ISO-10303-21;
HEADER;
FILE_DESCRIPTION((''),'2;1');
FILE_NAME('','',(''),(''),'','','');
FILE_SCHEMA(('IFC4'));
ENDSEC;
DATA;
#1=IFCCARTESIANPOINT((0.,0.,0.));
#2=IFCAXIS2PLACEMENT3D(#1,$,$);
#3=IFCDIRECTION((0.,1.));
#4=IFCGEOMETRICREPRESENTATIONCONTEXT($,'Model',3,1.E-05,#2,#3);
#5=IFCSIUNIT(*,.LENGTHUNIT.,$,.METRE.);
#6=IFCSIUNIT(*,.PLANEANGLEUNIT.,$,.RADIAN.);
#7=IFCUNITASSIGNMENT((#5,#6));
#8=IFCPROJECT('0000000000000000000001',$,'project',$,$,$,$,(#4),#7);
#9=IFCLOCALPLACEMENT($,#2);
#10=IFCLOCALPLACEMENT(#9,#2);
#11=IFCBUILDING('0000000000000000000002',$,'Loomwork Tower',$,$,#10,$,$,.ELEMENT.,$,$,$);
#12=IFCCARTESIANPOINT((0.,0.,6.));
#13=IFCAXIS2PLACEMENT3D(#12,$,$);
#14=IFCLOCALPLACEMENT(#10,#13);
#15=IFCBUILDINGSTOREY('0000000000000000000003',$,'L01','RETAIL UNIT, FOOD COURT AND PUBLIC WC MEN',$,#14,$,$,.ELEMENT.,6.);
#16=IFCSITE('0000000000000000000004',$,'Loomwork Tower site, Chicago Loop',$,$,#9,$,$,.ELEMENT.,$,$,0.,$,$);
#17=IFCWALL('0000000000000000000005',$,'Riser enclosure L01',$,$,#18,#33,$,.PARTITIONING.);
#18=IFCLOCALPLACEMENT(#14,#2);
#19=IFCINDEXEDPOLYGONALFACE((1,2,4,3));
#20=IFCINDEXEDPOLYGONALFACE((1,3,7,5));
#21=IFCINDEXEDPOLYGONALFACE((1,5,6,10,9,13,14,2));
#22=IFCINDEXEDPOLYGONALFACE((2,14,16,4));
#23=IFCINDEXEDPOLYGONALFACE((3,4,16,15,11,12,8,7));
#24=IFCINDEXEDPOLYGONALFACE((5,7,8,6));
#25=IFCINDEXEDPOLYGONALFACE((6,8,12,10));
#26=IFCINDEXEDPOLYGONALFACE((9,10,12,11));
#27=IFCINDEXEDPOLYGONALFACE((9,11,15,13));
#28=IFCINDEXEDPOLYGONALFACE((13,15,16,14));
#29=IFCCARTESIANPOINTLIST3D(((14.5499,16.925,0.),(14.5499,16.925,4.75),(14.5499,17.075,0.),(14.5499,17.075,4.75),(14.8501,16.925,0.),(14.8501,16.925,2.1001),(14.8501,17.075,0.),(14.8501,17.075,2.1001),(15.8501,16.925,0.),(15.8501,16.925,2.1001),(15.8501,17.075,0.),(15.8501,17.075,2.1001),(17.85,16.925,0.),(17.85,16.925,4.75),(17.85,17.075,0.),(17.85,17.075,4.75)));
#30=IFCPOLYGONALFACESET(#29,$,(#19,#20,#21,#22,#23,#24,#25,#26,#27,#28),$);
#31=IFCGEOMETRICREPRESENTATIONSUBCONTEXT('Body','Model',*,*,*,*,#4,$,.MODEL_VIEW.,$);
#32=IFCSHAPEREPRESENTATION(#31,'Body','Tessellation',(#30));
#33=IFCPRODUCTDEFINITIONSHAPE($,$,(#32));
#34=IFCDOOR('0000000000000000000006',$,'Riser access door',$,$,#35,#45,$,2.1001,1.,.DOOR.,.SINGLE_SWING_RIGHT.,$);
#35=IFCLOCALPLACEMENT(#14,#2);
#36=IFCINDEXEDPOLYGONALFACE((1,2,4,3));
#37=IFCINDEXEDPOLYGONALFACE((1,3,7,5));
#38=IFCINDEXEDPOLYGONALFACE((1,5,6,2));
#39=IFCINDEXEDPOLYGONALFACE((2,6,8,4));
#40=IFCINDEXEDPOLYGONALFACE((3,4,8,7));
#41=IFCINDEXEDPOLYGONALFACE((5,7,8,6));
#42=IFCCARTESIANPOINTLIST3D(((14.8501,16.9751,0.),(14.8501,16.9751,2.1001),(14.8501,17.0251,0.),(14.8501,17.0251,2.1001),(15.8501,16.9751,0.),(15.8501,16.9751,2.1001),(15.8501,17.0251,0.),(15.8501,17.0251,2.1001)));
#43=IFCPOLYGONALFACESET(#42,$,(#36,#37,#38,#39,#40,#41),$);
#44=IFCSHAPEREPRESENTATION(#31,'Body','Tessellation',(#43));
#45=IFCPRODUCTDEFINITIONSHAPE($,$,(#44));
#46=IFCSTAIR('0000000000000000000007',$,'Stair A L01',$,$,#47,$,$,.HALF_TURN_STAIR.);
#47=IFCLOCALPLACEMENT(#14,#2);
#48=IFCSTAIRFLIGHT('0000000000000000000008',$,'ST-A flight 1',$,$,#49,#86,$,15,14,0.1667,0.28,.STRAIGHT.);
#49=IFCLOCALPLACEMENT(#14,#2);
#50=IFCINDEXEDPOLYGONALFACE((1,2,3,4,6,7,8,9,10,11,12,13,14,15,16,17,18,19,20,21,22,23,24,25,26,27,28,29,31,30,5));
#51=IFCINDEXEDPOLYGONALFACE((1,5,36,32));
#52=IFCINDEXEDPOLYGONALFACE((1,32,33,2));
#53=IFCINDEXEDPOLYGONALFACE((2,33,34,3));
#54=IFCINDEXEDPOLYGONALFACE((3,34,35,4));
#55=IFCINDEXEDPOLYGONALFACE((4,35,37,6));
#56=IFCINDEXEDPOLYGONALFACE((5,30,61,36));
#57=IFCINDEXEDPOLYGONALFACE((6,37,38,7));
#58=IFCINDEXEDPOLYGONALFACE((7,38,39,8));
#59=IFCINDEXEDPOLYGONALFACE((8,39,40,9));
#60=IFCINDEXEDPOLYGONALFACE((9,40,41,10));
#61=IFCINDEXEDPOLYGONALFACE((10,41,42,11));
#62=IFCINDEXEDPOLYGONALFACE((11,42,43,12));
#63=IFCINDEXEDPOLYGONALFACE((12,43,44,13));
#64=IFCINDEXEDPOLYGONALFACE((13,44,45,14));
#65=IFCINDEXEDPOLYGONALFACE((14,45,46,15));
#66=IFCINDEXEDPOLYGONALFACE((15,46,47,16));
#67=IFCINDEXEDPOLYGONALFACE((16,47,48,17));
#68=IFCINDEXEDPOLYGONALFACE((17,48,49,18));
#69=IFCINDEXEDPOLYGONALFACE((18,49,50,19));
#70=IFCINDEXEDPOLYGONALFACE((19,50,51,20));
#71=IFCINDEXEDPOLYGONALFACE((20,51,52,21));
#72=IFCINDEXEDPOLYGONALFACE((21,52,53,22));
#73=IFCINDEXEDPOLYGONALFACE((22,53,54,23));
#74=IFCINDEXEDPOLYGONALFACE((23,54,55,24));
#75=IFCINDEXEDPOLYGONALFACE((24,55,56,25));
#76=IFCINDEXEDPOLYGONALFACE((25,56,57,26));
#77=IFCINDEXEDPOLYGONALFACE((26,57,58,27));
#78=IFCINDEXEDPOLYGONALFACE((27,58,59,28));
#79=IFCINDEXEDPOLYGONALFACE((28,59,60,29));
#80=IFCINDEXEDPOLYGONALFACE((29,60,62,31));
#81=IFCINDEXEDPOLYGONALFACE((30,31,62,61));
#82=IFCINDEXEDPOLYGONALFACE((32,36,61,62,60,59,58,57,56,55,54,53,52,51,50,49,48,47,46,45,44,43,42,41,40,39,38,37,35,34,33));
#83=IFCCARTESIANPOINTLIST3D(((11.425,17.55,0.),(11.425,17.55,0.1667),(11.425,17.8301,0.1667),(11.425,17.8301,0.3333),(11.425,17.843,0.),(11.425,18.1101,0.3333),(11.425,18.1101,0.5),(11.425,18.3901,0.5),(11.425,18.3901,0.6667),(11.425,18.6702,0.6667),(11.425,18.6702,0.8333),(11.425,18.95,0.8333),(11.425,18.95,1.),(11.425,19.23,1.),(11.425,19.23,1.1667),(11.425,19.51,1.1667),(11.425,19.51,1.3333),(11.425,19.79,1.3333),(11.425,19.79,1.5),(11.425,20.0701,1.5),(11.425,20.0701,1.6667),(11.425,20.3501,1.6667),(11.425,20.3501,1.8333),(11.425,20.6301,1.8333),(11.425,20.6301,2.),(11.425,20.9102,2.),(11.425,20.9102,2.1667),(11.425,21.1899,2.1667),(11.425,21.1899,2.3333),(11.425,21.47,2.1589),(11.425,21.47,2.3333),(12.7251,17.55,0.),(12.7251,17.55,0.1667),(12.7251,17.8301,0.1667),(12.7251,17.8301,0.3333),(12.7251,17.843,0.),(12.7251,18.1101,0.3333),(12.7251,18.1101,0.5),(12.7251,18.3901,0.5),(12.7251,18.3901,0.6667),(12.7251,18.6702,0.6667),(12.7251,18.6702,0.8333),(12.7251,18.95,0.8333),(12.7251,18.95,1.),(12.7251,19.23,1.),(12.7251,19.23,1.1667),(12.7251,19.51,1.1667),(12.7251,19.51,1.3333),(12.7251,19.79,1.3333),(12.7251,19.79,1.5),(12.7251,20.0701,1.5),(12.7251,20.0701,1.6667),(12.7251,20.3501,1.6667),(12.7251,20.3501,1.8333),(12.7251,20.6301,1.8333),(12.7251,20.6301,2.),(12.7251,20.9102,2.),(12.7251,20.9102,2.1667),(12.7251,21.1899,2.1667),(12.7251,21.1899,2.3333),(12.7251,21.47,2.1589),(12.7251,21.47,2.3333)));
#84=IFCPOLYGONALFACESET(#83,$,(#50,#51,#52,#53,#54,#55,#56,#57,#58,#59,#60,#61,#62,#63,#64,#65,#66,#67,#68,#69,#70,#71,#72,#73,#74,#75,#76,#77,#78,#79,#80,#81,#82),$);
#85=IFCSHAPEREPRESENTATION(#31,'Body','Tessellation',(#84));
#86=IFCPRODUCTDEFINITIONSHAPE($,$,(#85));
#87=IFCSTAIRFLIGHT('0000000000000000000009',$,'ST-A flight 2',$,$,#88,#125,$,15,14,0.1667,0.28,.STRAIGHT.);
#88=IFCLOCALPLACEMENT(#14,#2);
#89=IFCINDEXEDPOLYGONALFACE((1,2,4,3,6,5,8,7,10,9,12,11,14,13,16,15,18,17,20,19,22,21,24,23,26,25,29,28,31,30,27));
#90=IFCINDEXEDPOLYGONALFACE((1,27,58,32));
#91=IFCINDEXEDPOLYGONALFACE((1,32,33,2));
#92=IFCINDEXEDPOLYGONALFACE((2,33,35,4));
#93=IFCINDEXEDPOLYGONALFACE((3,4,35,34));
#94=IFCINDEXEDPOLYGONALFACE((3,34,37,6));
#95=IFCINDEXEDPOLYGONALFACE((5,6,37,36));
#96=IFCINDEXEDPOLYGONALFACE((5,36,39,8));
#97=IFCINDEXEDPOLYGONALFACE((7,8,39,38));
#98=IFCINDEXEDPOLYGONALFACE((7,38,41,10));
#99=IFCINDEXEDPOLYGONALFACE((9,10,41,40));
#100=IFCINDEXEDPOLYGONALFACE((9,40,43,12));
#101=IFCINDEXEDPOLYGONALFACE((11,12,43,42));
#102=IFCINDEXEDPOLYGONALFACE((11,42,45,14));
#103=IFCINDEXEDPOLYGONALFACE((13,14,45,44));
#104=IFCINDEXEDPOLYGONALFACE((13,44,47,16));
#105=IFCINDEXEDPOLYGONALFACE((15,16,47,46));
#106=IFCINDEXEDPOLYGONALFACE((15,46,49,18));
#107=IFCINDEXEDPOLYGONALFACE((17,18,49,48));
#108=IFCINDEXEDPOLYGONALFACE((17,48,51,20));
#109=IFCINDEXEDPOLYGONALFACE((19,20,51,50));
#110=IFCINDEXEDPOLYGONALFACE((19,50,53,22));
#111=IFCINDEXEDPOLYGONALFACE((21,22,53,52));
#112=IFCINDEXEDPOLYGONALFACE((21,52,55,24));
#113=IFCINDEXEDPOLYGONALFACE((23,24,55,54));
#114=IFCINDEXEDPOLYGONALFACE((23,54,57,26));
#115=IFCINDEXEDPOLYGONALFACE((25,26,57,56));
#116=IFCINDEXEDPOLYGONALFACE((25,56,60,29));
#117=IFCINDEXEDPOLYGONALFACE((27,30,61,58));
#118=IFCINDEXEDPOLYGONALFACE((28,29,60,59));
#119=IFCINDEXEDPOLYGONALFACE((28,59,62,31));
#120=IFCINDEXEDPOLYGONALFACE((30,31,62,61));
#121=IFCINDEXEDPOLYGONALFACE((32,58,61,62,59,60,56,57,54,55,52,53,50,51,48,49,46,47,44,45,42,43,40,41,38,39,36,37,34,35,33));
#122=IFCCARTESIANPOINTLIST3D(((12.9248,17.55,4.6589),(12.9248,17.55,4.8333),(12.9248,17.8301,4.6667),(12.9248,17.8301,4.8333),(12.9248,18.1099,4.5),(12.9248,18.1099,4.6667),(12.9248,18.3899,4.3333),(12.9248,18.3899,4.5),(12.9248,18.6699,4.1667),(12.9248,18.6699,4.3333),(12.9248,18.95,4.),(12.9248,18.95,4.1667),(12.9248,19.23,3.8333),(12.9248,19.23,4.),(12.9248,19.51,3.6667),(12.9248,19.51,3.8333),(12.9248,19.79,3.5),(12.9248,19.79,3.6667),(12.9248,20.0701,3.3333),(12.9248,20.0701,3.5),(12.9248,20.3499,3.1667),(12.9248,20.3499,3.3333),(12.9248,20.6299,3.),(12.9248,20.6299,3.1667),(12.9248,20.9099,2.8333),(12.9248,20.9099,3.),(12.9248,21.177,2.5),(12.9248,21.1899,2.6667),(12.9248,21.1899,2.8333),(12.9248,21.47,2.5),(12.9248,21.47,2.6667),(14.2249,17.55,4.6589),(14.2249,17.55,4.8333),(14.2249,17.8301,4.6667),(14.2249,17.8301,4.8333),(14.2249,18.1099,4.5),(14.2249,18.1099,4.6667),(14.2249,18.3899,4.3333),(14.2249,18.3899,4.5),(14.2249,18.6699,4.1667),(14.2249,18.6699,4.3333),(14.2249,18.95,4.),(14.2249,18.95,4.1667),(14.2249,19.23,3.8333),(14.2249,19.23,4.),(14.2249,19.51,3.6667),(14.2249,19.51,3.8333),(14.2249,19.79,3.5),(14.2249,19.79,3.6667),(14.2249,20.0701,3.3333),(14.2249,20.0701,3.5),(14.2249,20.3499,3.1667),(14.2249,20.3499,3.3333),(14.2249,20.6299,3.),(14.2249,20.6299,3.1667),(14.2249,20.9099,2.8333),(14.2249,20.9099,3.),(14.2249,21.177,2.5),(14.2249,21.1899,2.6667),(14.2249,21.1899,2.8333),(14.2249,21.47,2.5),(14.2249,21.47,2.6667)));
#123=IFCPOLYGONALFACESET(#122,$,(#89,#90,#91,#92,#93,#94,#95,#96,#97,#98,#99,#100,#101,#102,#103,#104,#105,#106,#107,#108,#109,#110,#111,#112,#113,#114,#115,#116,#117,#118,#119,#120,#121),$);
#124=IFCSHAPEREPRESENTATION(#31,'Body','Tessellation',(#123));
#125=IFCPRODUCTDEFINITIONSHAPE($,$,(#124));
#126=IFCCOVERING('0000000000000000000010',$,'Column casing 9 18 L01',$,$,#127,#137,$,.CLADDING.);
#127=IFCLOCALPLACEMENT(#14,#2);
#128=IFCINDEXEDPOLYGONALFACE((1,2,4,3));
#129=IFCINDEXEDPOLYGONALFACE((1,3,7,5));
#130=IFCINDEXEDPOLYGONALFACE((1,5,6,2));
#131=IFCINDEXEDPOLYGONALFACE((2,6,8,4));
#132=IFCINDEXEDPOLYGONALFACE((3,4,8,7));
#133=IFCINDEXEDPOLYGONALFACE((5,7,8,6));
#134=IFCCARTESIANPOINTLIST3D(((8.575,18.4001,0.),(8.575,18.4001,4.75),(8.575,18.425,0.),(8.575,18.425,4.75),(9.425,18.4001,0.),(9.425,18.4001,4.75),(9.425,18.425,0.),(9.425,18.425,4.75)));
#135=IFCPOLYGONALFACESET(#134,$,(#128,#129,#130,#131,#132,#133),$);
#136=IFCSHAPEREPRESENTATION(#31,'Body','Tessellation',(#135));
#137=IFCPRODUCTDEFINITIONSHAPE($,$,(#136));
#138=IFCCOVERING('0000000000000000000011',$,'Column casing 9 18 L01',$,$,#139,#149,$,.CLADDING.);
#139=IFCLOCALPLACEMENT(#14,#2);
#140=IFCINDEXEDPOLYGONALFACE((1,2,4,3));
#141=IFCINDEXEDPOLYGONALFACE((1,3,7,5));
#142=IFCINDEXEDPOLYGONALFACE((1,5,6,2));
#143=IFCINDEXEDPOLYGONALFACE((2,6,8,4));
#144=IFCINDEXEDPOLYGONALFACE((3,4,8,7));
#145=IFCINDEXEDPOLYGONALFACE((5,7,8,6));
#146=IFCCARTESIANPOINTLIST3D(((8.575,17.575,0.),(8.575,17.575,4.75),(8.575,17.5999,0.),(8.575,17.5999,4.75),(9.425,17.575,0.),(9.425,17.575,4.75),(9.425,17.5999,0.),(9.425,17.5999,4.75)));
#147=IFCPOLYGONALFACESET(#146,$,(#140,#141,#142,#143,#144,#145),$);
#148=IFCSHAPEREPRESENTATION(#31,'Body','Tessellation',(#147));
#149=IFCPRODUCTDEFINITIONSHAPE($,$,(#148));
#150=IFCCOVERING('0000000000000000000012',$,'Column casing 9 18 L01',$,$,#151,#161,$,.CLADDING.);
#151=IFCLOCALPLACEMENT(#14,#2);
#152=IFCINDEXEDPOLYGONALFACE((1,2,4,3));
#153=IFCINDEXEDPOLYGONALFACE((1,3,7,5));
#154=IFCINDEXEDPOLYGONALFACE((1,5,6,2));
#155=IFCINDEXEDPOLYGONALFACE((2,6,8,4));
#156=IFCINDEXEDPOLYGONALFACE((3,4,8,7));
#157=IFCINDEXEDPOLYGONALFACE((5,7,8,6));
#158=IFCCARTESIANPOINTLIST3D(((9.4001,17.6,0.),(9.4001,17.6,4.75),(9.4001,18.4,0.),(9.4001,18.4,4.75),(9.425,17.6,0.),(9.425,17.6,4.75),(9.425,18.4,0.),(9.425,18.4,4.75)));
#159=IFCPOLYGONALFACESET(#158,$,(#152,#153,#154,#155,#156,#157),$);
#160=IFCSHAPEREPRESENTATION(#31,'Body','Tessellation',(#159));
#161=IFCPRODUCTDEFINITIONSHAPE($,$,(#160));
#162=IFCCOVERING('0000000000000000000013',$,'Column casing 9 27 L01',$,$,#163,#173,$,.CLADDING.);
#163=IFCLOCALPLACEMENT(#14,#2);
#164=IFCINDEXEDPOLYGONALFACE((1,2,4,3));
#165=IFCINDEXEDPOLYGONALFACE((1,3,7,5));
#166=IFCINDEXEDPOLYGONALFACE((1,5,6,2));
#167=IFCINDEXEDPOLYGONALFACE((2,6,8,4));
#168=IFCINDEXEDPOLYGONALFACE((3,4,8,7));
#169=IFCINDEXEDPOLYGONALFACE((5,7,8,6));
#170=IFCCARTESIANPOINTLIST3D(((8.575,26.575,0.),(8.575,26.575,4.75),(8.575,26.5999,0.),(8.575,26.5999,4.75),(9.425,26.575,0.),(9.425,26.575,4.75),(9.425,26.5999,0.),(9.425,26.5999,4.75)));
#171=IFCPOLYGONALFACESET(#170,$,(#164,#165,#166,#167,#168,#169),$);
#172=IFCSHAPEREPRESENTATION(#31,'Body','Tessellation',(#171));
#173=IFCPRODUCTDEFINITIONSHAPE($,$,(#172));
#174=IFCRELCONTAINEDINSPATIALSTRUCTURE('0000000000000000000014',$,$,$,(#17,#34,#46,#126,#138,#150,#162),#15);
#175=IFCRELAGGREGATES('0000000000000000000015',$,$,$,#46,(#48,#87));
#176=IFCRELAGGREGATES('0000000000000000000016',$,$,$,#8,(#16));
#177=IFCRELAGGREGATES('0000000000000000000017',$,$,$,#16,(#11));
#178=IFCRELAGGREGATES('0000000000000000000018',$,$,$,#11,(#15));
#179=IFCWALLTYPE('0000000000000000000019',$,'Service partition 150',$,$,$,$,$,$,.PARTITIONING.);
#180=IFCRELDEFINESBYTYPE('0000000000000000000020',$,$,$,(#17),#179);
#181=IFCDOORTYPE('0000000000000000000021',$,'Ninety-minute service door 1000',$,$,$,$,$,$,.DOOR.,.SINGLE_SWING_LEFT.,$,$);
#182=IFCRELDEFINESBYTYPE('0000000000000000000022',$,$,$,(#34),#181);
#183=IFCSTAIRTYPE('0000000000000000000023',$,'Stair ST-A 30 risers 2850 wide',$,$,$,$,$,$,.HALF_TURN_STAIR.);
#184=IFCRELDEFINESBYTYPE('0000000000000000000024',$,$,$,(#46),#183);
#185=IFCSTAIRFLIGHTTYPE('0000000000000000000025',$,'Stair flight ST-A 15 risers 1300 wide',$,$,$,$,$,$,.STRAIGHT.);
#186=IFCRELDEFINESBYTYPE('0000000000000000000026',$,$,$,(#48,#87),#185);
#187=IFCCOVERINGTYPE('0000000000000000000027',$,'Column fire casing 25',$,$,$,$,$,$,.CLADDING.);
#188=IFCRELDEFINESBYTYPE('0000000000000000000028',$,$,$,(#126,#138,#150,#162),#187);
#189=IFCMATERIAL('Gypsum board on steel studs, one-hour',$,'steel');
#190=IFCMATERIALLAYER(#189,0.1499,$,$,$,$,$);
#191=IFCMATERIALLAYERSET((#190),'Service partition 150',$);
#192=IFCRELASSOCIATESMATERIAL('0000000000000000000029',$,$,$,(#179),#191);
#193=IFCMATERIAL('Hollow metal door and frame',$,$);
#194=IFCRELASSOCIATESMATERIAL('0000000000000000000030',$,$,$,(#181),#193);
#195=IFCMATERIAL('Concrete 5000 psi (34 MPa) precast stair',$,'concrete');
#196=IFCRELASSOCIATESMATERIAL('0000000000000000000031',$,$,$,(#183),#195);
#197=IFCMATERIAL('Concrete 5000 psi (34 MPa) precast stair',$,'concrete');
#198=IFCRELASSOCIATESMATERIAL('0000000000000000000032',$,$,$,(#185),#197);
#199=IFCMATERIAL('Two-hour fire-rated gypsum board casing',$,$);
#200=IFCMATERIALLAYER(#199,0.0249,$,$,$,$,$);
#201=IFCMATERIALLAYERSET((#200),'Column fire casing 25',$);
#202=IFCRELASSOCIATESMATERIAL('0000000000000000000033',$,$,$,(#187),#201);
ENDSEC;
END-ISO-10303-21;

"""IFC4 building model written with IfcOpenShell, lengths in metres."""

from ifc_helpers import new_model, si_unit, direction, frame, frame_2d, origin, origin_2d, place, context, subcontext, project, spatial, polyline, rectangle, outline, extrude, material, layer, layer_set, type_object, element, fill, aggregate, save


model = new_model("IFC4")

# Units and contexts
model_context = context("Model", 3, precision=1e-05, world=origin(), true_north=direction((0.0, 1.0)))
body_context = subcontext(model_context, "Body", "Model", "MODEL_VIEW")
ifc_project = project(units=[si_unit("LENGTHUNIT", "METRE"), si_unit("PLANEANGLEUNIT", "RADIAN")], contexts=[model_context])

# Site, building, storey
site_placement = place(None, origin())
site = spatial("IfcSite", under=ifc_project, at=site_placement, Name="Loomwork Tower site, Chicago Loop", CompositionType="ELEMENT", RefElevation=0.0)
building_placement = place(site_placement, origin())
building = spatial("IfcBuilding", under=site, at=building_placement, Name="Loomwork Tower", CompositionType="ELEMENT")
storey_placement = place(building_placement, frame((0.0, 0.0, 6.0)))
storey = spatial("IfcBuildingStorey", under=building, at=storey_placement, Name="L01", Description="RETAIL UNIT, FOOD COURT AND PUBLIC WC MEN", CompositionType="ELEMENT", Elevation=6.0)

# Wall, opening, door
ifc_material_1 = material(Name="Gypsum board on steel studs, one-hour", Category="steel")
ifc_layer_1 = layer(ifc_material_1, 0.1499)
ifc_layer_set_1 = layer_set([ifc_layer_1], Name="Service partition 150")
wall_type_1 = type_object("IfcWallType", Name="Service partition 150", PredefinedType="PARTITIONING", material=ifc_layer_set_1)
wall_1_placement = place(storey_placement, frame((14.55, 17.0, 0.0), z_axis=(0.0, 0.0, 1.0), x_axis=(1.0, 0.0, 0.0)))
wall_1 = element("IfcWall", 1, at=wall_1_placement, inside=storey, type_object=wall_type_1, Name="Riser enclosure L01", PredefinedType="PARTITIONING", context=body_context, shape_type="SweptSolid", body=[
    extrude(rectangle(XDim=3.3, YDim=0.1499, at=frame_2d((1.6499, 0.0))), origin(), (0.0, 0.0, 1.0), 4.75),
])
opening_1_placement = place(wall_1_placement, frame((0.3, 0.0, 0.0)))
opening_1 = element("IfcOpeningElement", 2, at=opening_1_placement, cuts=wall_1, PredefinedType="OPENING", context=body_context, shape_type="SweptSolid", body=[
    extrude(rectangle(XDim=1.0, YDim=2.1001, at=frame_2d((0.5, 1.05))), frame((0.0, 0.085, 0.0), z_axis=(0.0, -1.0, 0.0), x_axis=(1.0, 0.0, 0.0)), (0.0, 0.0, 1.0), 0.1699),
])
ifc_material_2 = material(Name="Hollow metal door and frame")
door_type_1 = type_object("IfcDoorType", Name="Ninety-minute service door 1000", OperationType="SINGLE_SWING_LEFT", PredefinedType="DOOR", material=ifc_material_2)
door_1_placement = place(opening_1_placement, frame((1.0, 0.0, 0.0), z_axis=(0.0, 0.0, 1.0), x_axis=(-1.0, 0.0, 0.0)))
door_1 = element("IfcDoor", 3, at=door_1_placement, inside=storey, type_object=door_type_1, Name="Riser access door", OperationType="SINGLE_SWING_RIGHT", OverallHeight=2.1001, OverallWidth=1.0, PredefinedType="DOOR", context=body_context, shape_type="SweptSolid", body=[
    extrude(rectangle(XDim=1.0, YDim=2.1001, at=frame_2d((0.5, 1.05))), frame((0.0, 0.0249, 0.0), z_axis=(0.0, -1.0, 0.0), x_axis=(1.0, 0.0, 0.0)), (0.0, 0.0, 1.0), 0.05),
])
fill(opening_1, door_1)

# Stair, stair flights
ifc_material_3 = material(Name="Concrete 5000 psi (34 MPa) precast stair", Category="concrete")
stair_type = type_object("IfcStairType", Name="Stair ST-A 30 risers 2850 wide", PredefinedType="HALF_TURN_STAIR", material=ifc_material_3)
stair_placement = place(storey_placement, origin())
stair = element("IfcStair", 4, at=stair_placement, inside=storey, type_object=stair_type, Name="Stair A L01", PredefinedType="HALF_TURN_STAIR")
ifc_material_4 = material(Name="Concrete 5000 psi (34 MPa) precast stair", Category="concrete")
stair_flight_type = type_object("IfcStairFlightType", Name="Stair flight ST-A 15 risers 1300 wide", PredefinedType="STRAIGHT", material=ifc_material_4)
stair_flight_1_placement = place(storey_placement, frame((12.075, 17.55, 0.0), z_axis=(0.0, 0.0, 1.0), x_axis=(0.0, 1.0, 0.0)))
stair_flight_1 = element("IfcStairFlight", 5, at=stair_flight_1_placement, type_object=stair_flight_type, Name="ST-A flight 1", NumberOfRisers=15, NumberOfTreads=14, PredefinedType="STRAIGHT", RiserHeight=0.1667, TreadLength=0.28, context=body_context, shape_type="SweptSolid", body=[
    extrude(outline(polyline([(0.0, 0.0), (0.0, 0.1667), (0.28, 0.1667), (0.28, 0.3333), (0.5601, 0.3333), (0.5601, 0.5), (0.8401, 0.5), (0.8401, 0.6667), (1.1201, 0.6667), (1.1201, 0.8333), (1.3999, 0.8333), (1.3999, 1.0), (1.6799, 1.0), (1.6799, 1.1667), (1.96, 1.1667), (1.96, 1.3333), (2.24, 1.3333), (2.24, 1.5), (2.52, 1.5), (2.52, 1.6667), (2.8, 1.6667), (2.8, 1.8333), (3.0801, 1.8333), (3.0801, 2.0), (3.3601, 2.0), (3.3601, 2.1667), (3.6399, 2.1667), (3.6399, 2.3333), (3.9199, 2.3333), (3.9199, 2.5), (3.9199, 2.1589), (0.293, 0.0), (0.0, 0.0)])), frame((0.0, 0.6499, 0.0), z_axis=(0.0, -1.0, 0.0), x_axis=(1.0, 0.0, 0.0)), (0.0, 0.0, 1.0), 1.3),
])
stair_flight_2_placement = place(storey_placement, frame((13.575, 21.47, 2.5), z_axis=(0.0, 0.0, 1.0), x_axis=(0.0, -1.0, 0.0)))
stair_flight_2 = element("IfcStairFlight", 6, at=stair_flight_2_placement, type_object=stair_flight_type, Name="ST-A flight 2", NumberOfRisers=15, NumberOfTreads=14, PredefinedType="STRAIGHT", RiserHeight=0.1667, TreadLength=0.28, context=body_context, shape_type="SweptSolid", body=[
    extrude(outline(polyline([(0.0, 0.0), (0.0, 0.1667), (0.28, 0.1667), (0.28, 0.3333), (0.5601, 0.3333), (0.5601, 0.5), (0.8401, 0.5), (0.8401, 0.6667), (1.1201, 0.6667), (1.1201, 0.8333), (1.3999, 0.8333), (1.3999, 1.0), (1.6799, 1.0), (1.6799, 1.1667), (1.96, 1.1667), (1.96, 1.3333), (2.24, 1.3333), (2.24, 1.5), (2.52, 1.5), (2.52, 1.6667), (2.8, 1.6667), (2.8, 1.8333), (3.0801, 1.8333), (3.0801, 2.0), (3.3601, 2.0), (3.3601, 2.1667), (3.6399, 2.1667), (3.6399, 2.3333), (3.9199, 2.3333), (3.9199, 2.5), (3.9199, 2.1589), (0.293, 0.0), (0.0, 0.0)])), frame((0.0, 0.6499, 0.0), z_axis=(0.0, -1.0, 0.0), x_axis=(1.0, 0.0, 0.0)), (0.0, 0.0, 1.0), 1.3),
])
aggregate(stair, [stair_flight_1, stair_flight_2])

# Coverings
ifc_material_5 = material(Name="Two-hour fire-rated gypsum board casing")
ifc_layer_2 = layer(ifc_material_5, 0.0249)
ifc_layer_set_2 = layer_set([ifc_layer_2], Name="Column fire casing 25")
covering_type = type_object("IfcCoveringType", Name="Column fire casing 25", PredefinedType="CLADDING", material=ifc_layer_set_2)
for number, where, z_axis, x_axis, name in (
    (7, (9.0, 18.4126, 0.0), (0.0, 0.0, 1.0), (1.0, 0.0, 0.0), "Column casing 9 18 L01"),
    (8, (9.0, 17.5874, 0.0), (0.0, 0.0, 1.0), (1.0, 0.0, 0.0), "Column casing 9 18 L01"),
):
    element("IfcCovering", number, at=place(storey_placement, frame(where, z_axis=z_axis, x_axis=x_axis)), inside=storey, type_object=covering_type, Name=name, PredefinedType="CLADDING", context=body_context, shape_type="SweptSolid", body=[
        extrude(rectangle(XDim=0.8501, YDim=0.0249, at=origin_2d()), origin(), (0.0, 0.0, 1.0), 4.75),
    ])
covering_1_placement = place(storey_placement, frame((9.4126, 18.0, 0.0), z_axis=(0.0, 0.0, 1.0), x_axis=(1.0, 0.0, 0.0)))
element("IfcCovering", 9, at=covering_1_placement, inside=storey, type_object=covering_type, Name="Column casing 9 18 L01", PredefinedType="CLADDING", context=body_context, shape_type="SweptSolid", body=[
    extrude(rectangle(XDim=0.0249, YDim=0.8, at=origin_2d()), origin(), (0.0, 0.0, 1.0), 4.75),
])
covering_2_placement = place(storey_placement, frame((9.0, 26.5874, 0.0), z_axis=(0.0, 0.0, 1.0), x_axis=(1.0, 0.0, 0.0)))
element("IfcCovering", 10, at=covering_2_placement, inside=storey, type_object=covering_type, Name="Column casing 9 27 L01", PredefinedType="CLADDING", context=body_context, shape_type="SweptSolid", body=[
    extrude(rectangle(XDim=0.8501, YDim=0.0249, at=origin_2d()), origin(), (0.0, 0.0, 1.0), 4.75),
])

save(model, "model.ifc")
